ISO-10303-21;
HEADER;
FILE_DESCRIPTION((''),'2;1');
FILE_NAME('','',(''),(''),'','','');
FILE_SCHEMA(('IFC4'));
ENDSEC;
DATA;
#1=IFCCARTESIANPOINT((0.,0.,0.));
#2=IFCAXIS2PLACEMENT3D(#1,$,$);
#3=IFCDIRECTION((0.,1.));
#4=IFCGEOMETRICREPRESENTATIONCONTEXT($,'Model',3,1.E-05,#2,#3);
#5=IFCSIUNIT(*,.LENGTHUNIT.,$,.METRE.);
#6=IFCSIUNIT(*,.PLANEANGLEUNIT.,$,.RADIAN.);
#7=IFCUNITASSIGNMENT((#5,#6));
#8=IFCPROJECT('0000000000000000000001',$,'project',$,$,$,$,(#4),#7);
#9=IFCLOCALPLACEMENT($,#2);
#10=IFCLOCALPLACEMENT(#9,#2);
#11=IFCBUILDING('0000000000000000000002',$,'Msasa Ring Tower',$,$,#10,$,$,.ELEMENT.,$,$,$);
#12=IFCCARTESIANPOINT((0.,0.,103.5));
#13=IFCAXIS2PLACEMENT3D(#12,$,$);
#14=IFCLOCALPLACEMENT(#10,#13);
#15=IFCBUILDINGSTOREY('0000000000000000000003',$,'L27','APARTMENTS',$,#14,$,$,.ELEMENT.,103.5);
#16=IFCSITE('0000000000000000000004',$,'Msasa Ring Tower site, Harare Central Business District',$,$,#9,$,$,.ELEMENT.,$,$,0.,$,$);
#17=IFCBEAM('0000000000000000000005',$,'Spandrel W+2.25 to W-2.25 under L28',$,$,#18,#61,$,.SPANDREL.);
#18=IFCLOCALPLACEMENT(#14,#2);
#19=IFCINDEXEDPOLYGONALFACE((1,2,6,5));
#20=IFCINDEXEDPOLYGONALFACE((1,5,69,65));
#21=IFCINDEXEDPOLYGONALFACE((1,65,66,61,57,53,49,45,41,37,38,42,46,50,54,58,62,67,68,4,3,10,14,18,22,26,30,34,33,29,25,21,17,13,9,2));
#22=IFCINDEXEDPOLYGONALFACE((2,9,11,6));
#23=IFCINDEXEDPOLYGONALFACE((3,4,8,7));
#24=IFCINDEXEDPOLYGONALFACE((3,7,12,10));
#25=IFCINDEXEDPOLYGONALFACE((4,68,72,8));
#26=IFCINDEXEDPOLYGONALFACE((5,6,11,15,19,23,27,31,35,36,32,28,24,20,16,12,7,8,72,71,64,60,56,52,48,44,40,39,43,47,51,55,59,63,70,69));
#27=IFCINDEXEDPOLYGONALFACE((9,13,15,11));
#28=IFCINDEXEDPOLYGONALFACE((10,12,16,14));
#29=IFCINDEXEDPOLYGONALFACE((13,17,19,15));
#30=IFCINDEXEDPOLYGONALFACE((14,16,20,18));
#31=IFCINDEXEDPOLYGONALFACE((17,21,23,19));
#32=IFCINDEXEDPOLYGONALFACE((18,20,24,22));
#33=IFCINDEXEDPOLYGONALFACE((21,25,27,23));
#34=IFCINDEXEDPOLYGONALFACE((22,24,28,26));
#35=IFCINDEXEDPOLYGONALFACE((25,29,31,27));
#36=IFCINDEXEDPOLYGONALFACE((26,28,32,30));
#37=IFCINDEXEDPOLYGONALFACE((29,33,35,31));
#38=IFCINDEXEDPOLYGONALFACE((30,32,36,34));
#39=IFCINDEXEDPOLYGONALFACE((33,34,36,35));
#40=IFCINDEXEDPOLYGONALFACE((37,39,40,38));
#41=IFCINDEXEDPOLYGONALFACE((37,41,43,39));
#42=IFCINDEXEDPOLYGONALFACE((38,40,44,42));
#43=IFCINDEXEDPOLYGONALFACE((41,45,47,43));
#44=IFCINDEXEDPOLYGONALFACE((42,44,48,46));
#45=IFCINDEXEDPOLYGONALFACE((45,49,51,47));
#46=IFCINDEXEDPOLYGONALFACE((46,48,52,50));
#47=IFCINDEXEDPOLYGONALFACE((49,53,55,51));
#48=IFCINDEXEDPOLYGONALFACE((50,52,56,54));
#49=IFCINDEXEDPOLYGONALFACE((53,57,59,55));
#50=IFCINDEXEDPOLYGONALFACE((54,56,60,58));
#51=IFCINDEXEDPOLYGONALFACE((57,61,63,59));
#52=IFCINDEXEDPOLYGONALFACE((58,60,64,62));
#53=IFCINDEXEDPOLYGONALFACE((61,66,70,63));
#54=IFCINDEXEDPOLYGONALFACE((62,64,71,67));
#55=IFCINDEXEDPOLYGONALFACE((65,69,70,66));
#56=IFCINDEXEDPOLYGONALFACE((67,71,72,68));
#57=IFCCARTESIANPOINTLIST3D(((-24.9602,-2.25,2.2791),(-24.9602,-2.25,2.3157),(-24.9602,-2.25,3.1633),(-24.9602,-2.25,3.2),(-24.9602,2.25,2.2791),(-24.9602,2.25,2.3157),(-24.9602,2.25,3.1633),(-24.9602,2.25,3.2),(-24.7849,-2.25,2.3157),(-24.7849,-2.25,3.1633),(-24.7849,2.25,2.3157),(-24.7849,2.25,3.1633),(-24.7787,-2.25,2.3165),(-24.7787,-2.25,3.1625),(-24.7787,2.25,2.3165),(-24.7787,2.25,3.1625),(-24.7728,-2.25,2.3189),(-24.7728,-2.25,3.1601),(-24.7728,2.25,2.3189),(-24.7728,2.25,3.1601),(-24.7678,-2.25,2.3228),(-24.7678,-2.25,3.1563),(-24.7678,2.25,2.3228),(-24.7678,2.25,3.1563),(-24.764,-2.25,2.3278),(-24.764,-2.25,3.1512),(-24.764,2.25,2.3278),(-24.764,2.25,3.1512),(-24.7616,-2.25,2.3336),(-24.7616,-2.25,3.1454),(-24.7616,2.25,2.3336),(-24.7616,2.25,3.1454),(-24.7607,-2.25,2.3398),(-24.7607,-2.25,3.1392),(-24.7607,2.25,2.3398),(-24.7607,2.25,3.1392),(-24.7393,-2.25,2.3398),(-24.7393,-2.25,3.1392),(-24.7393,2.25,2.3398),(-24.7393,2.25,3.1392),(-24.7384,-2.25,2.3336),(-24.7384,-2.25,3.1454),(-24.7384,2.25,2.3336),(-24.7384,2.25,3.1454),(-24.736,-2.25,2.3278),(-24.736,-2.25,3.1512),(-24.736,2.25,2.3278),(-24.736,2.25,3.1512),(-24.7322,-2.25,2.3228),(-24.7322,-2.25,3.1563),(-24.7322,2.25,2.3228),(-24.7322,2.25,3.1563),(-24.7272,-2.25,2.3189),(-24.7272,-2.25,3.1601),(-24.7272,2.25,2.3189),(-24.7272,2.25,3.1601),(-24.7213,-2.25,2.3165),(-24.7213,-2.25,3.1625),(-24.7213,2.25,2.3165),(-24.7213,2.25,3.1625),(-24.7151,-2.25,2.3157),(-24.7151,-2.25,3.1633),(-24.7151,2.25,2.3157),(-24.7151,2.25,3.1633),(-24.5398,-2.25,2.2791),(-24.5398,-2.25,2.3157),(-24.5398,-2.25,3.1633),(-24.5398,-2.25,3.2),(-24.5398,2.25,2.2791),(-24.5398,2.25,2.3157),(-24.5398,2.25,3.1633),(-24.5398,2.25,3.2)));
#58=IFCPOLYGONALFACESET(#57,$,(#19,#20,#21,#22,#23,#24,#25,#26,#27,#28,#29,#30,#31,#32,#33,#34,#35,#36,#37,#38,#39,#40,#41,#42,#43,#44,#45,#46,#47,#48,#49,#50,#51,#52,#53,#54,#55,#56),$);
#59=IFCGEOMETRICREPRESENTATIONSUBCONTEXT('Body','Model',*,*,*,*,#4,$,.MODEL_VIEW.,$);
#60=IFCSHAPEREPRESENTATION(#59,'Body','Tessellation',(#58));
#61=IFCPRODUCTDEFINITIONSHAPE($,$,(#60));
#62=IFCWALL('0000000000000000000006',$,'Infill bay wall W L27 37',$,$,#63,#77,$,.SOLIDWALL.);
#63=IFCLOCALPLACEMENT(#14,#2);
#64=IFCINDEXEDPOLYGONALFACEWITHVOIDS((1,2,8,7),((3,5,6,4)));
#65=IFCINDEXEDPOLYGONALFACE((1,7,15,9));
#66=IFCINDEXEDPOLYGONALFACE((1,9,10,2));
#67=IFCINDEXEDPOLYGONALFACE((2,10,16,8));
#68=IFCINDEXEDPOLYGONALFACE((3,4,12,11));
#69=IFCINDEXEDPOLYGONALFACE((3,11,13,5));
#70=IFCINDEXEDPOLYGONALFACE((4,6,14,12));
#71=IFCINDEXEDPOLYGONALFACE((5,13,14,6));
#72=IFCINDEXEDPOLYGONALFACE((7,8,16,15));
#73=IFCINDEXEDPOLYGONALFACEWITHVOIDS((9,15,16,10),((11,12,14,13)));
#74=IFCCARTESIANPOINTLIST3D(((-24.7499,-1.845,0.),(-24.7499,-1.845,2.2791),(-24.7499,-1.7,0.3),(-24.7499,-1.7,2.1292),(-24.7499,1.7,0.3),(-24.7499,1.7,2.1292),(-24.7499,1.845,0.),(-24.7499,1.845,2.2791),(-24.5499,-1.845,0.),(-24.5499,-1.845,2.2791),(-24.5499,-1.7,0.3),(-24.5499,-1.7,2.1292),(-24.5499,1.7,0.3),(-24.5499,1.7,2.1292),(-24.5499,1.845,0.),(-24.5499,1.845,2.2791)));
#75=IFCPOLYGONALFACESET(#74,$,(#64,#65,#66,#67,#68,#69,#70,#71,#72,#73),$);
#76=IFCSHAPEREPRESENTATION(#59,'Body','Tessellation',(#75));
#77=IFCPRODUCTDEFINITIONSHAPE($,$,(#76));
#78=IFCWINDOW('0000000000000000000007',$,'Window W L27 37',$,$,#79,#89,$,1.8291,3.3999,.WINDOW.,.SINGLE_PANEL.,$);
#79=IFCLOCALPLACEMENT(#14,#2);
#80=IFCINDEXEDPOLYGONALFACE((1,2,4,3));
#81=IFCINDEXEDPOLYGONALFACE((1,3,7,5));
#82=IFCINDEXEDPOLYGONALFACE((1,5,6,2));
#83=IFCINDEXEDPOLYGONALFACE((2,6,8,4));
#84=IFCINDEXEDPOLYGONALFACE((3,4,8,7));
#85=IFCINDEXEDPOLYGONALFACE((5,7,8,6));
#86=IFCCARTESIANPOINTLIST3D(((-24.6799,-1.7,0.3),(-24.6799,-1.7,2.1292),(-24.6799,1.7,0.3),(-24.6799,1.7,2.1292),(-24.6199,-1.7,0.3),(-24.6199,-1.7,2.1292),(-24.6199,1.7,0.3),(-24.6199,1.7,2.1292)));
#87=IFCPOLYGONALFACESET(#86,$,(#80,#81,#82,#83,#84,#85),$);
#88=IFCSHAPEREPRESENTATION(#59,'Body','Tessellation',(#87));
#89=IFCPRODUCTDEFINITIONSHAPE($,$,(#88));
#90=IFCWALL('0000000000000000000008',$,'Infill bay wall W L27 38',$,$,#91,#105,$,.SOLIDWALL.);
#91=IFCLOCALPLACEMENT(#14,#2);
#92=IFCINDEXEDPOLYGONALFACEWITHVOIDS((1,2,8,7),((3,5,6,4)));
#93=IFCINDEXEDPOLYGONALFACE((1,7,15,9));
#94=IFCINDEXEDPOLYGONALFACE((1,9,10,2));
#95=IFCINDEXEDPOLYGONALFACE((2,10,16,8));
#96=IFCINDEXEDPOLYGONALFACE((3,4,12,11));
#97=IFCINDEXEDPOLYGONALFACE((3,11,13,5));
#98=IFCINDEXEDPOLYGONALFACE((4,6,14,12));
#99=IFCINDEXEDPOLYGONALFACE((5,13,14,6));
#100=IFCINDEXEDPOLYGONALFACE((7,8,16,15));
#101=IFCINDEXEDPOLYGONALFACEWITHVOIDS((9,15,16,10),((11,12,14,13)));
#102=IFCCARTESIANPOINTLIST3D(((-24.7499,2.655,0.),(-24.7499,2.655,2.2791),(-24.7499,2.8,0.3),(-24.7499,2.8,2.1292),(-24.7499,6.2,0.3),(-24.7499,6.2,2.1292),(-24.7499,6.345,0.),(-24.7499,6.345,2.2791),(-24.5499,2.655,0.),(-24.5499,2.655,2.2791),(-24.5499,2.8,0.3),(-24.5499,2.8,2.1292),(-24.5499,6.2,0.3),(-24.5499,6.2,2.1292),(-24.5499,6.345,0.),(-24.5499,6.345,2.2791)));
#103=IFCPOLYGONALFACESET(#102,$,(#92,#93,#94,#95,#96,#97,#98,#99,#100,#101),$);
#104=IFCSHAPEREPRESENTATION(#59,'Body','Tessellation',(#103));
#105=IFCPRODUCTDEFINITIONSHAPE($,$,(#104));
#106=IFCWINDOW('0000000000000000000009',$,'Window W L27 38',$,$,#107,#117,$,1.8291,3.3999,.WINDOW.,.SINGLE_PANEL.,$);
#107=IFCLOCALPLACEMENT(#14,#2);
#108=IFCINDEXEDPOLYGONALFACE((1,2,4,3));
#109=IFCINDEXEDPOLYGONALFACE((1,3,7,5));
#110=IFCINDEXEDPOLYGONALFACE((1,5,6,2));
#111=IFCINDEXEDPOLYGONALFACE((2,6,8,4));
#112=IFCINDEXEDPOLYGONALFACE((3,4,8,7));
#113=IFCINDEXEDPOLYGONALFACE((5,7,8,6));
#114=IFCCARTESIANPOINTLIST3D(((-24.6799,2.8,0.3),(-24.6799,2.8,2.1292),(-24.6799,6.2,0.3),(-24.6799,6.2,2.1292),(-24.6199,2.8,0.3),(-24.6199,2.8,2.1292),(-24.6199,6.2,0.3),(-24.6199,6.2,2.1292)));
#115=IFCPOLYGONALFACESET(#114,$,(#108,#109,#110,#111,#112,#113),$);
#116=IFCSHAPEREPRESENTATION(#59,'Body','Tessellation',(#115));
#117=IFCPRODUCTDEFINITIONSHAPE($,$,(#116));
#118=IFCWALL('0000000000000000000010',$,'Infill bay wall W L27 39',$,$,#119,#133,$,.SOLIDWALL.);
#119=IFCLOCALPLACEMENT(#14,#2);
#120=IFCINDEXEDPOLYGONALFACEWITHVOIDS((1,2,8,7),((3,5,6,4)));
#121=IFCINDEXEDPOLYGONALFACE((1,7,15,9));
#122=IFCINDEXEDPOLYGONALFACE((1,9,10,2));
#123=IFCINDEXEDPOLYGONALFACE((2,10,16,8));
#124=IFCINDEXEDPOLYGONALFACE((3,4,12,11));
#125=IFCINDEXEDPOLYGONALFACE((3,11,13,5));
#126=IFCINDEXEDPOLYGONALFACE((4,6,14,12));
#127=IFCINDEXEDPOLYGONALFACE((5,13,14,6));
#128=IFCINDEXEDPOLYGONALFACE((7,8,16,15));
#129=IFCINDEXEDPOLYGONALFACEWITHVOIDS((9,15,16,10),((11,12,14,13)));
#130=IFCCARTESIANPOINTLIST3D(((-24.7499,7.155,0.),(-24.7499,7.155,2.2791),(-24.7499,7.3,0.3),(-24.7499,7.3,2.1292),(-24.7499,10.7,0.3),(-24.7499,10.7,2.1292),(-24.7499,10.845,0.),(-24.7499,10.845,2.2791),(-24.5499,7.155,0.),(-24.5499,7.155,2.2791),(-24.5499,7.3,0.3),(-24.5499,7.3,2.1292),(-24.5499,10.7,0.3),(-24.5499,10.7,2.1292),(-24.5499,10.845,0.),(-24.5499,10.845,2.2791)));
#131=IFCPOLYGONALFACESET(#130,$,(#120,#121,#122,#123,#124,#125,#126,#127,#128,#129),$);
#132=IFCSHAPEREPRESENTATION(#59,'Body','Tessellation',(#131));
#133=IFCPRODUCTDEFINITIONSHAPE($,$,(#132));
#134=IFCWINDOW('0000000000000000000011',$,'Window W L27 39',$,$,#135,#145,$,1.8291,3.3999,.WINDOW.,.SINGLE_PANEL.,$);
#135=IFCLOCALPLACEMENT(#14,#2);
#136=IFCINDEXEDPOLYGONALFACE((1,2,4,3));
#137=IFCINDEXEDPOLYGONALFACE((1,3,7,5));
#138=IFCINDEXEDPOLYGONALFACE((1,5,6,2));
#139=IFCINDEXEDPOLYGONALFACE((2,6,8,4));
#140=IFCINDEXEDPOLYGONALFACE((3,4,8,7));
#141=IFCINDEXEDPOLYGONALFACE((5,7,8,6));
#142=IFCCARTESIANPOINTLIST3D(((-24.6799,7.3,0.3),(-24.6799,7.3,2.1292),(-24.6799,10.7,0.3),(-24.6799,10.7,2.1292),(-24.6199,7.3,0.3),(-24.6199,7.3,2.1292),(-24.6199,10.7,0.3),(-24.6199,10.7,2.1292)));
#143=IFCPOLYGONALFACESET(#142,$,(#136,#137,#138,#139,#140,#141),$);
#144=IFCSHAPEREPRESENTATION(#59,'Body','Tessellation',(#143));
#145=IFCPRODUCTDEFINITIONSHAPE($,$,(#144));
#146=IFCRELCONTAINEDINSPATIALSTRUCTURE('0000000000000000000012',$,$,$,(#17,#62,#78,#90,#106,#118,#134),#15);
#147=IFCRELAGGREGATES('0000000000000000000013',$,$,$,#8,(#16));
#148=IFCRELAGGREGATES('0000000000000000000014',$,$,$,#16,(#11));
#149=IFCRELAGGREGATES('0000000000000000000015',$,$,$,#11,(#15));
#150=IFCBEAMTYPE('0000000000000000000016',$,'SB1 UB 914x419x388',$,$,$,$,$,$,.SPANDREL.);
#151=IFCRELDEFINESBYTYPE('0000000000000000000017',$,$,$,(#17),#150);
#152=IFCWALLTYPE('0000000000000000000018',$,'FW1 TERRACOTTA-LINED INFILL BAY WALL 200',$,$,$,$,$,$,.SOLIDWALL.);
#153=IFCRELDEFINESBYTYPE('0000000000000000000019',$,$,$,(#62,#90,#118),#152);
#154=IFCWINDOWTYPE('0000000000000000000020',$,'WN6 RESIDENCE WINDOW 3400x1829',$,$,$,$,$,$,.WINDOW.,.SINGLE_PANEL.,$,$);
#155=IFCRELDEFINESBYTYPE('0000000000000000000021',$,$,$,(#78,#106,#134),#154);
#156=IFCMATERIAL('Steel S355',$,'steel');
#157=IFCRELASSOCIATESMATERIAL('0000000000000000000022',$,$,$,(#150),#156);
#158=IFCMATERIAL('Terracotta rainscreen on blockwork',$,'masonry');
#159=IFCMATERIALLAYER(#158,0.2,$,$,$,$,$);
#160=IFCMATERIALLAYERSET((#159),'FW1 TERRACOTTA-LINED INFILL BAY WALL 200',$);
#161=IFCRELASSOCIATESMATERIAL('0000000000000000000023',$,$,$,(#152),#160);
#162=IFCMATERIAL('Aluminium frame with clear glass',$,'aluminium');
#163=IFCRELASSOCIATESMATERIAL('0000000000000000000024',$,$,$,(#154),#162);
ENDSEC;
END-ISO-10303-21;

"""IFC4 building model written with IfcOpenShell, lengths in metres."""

from ifc_helpers import new_model, si_unit, direction, frame, frame_2d, origin, origin_2d, place, context, subcontext, project, spatial, rectangle, i_section, extrude, material, layer, layer_set, material_profile, profile_set, type_object, element, fill, save


model = new_model("IFC4")

# Units and contexts
model_context = context("Model", 3, precision=1e-05, world=origin(), true_north=direction((0.0, 1.0)))
body_context = subcontext(model_context, "Body", "Model", "MODEL_VIEW")
ifc_project = project(units=[si_unit("LENGTHUNIT", "METRE"), si_unit("PLANEANGLEUNIT", "RADIAN")], contexts=[model_context])

# Site, building, storey
site_placement = place(None, origin())
site = spatial("IfcSite", under=ifc_project, at=site_placement, Name="Msasa Ring Tower site, Harare Central Business District", CompositionType="ELEMENT", RefElevation=0.0)
building_placement = place(site_placement, origin())
building = spatial("IfcBuilding", under=site, at=building_placement, Name="Msasa Ring Tower", CompositionType="ELEMENT")
storey_placement = place(building_placement, frame((0.0, 0.0, 103.5)))
storey = spatial("IfcBuildingStorey", under=building, at=storey_placement, Name="L27", Description="APARTMENTS", CompositionType="ELEMENT", Elevation=103.5)

# Beam
ifc_material_1 = material(Name="Steel S355", Category="steel")
ifc_material_profile_1 = material_profile(ifc_material_1, i_section(OverallWidth=0.4204, OverallDepth=0.9209, WebThickness=0.0215, FlangeThickness=0.0366, FilletRadius=0.0242, at=origin_2d()), Name="UB 914x419x388")
ifc_profile_set_1 = profile_set([ifc_material_profile_1], Name="Steel S355")
beam_type_1 = type_object("IfcBeamType", Name="SB1 UB 914x419x388", PredefinedType="SPANDREL", material=ifc_profile_set_1)
for number, where, z_axis, x_axis, name in (
    (1, (-24.75, 2.25, 2.7395), (0.0, -1.0, 0.0), (1.0, 0.0, 0.0), "Spandrel W+2.25 to W-2.25 under L28"),
):
    element("IfcBeam", number, at=place(storey_placement, frame(where, z_axis=z_axis, x_axis=x_axis)), inside=storey, type_object=beam_type_1, Name=name, PredefinedType="SPANDREL", context=body_context, shape_type="SweptSolid", body=[
        extrude(i_section(OverallWidth=0.4204, OverallDepth=0.9209, WebThickness=0.0215, FlangeThickness=0.0366, FilletRadius=0.0242, at=origin_2d()), origin(), (0.0, 0.0, 1.0), 4.5),
    ])

# Walls, openings, windows
ifc_material_2 = material(Name="Terracotta rainscreen on blockwork", Category="masonry")
ifc_layer_1 = layer(ifc_material_2, 0.2)
ifc_layer_set_1 = layer_set([ifc_layer_1], Name="FW1 TERRACOTTA-LINED INFILL BAY WALL 200")
wall_type_1 = type_object("IfcWallType", Name="FW1 TERRACOTTA-LINED INFILL BAY WALL 200", PredefinedType="SOLIDWALL", material=ifc_layer_set_1)
wall_1_placement = place(storey_placement, frame((-24.6499, -1.845, 0.0), z_axis=(0.0, 0.0, 1.0), x_axis=(0.0, 1.0, 0.0)))
wall_1 = element("IfcWall", 2, at=wall_1_placement, inside=storey, type_object=wall_type_1, Name="Infill bay wall W L27 37", PredefinedType="SOLIDWALL", context=body_context, shape_type="SweptSolid", body=[
    extrude(rectangle(XDim=3.6899, YDim=0.2, at=frame_2d((1.845, 0.0))), origin(), (0.0, 0.0, 1.0), 2.2791),
])
opening_1_placement = place(wall_1_placement, frame((0.145, 0.0, 0.3)))
opening_1 = element("IfcOpeningElement", 3, at=opening_1_placement, cuts=wall_1, PredefinedType="OPENING", context=body_context, shape_type="SweptSolid", body=[
    extrude(rectangle(XDim=3.3999, YDim=1.8291, at=frame_2d((1.7, 0.9146))), frame((0.0, 0.1099, 0.0), z_axis=(0.0, -1.0, 0.0), x_axis=(1.0, 0.0, 0.0)), (0.0, 0.0, 1.0), 0.22),
])
ifc_material_3 = material(Name="Aluminium frame with clear glass", Category="aluminium")
window_type = type_object("IfcWindowType", Name="WN6 RESIDENCE WINDOW 3400x1829", PartitioningType="SINGLE_PANEL", PredefinedType="WINDOW", material=ifc_material_3)
window_1_placement = place(opening_1_placement, origin())
window_1 = element("IfcWindow", 4, at=window_1_placement, inside=storey, type_object=window_type, Name="Window W L27 37", OverallHeight=1.8291, OverallWidth=3.3999, PartitioningType="SINGLE_PANEL", PredefinedType="WINDOW", context=body_context, shape_type="SweptSolid", body=[
    extrude(rectangle(XDim=3.3999, YDim=1.8291, at=frame_2d((1.7, 0.9146))), frame((0.0, 0.03, 0.0), z_axis=(0.0, -1.0, 0.0), x_axis=(1.0, 0.0, 0.0)), (0.0, 0.0, 1.0), 0.0601),
])
fill(opening_1, window_1)
wall_2_placement = place(storey_placement, frame((-24.6499, 2.655, 0.0), z_axis=(0.0, 0.0, 1.0), x_axis=(0.0, 1.0, 0.0)))
wall_2 = element("IfcWall", 5, at=wall_2_placement, inside=storey, type_object=wall_type_1, Name="Infill bay wall W L27 38", PredefinedType="SOLIDWALL", context=body_context, shape_type="SweptSolid", body=[
    extrude(rectangle(XDim=3.6899, YDim=0.2, at=frame_2d((1.845, 0.0))), origin(), (0.0, 0.0, 1.0), 2.2791),
])
opening_2_placement = place(wall_2_placement, frame((0.145, 0.0, 0.3)))
opening_2 = element("IfcOpeningElement", 6, at=opening_2_placement, cuts=wall_2, PredefinedType="OPENING", context=body_context, shape_type="SweptSolid", body=[
    extrude(rectangle(XDim=3.3999, YDim=1.8291, at=frame_2d((1.7, 0.9146))), frame((0.0, 0.1099, 0.0), z_axis=(0.0, -1.0, 0.0), x_axis=(1.0, 0.0, 0.0)), (0.0, 0.0, 1.0), 0.22),
])
window_2_placement = place(opening_2_placement, origin())
window_2 = element("IfcWindow", 7, at=window_2_placement, inside=storey, type_object=window_type, Name="Window W L27 38", OverallHeight=1.8291, OverallWidth=3.3999, PartitioningType="SINGLE_PANEL", PredefinedType="WINDOW", context=body_context, shape_type="SweptSolid", body=[
    extrude(rectangle(XDim=3.3999, YDim=1.8291, at=frame_2d((1.7, 0.9146))), frame((0.0, 0.03, 0.0), z_axis=(0.0, -1.0, 0.0), x_axis=(1.0, 0.0, 0.0)), (0.0, 0.0, 1.0), 0.0601),
])
fill(opening_2, window_2)
wall_3_placement = place(storey_placement, frame((-24.6499, 7.155, 0.0), z_axis=(0.0, 0.0, 1.0), x_axis=(0.0, 1.0, 0.0)))
wall_3 = element("IfcWall", 8, at=wall_3_placement, inside=storey, type_object=wall_type_1, Name="Infill bay wall W L27 39", PredefinedType="SOLIDWALL", context=body_context, shape_type="SweptSolid", body=[
    extrude(rectangle(XDim=3.6899, YDim=0.2, at=frame_2d((1.845, 0.0))), origin(), (0.0, 0.0, 1.0), 2.2791),
])
opening_3_placement = place(wall_3_placement, frame((0.145, 0.0, 0.3)))
opening_3 = element("IfcOpeningElement", 9, at=opening_3_placement, cuts=wall_3, PredefinedType="OPENING", context=body_context, shape_type="SweptSolid", body=[
    extrude(rectangle(XDim=3.3999, YDim=1.8291, at=frame_2d((1.7, 0.9146))), frame((0.0, 0.1099, 0.0), z_axis=(0.0, -1.0, 0.0), x_axis=(1.0, 0.0, 0.0)), (0.0, 0.0, 1.0), 0.22),
])
window_3_placement = place(opening_3_placement, origin())
window_3 = element("IfcWindow", 10, at=window_3_placement, inside=storey, type_object=window_type, Name="Window W L27 39", OverallHeight=1.8291, OverallWidth=3.3999, PartitioningType="SINGLE_PANEL", PredefinedType="WINDOW", context=body_context, shape_type="SweptSolid", body=[
    extrude(rectangle(XDim=3.3999, YDim=1.8291, at=frame_2d((1.7, 0.9146))), frame((0.0, 0.03, 0.0), z_axis=(0.0, -1.0, 0.0), x_axis=(1.0, 0.0, 0.0)), (0.0, 0.0, 1.0), 0.0601),
])
fill(opening_3, window_3)

save(model, "model.ifc")
